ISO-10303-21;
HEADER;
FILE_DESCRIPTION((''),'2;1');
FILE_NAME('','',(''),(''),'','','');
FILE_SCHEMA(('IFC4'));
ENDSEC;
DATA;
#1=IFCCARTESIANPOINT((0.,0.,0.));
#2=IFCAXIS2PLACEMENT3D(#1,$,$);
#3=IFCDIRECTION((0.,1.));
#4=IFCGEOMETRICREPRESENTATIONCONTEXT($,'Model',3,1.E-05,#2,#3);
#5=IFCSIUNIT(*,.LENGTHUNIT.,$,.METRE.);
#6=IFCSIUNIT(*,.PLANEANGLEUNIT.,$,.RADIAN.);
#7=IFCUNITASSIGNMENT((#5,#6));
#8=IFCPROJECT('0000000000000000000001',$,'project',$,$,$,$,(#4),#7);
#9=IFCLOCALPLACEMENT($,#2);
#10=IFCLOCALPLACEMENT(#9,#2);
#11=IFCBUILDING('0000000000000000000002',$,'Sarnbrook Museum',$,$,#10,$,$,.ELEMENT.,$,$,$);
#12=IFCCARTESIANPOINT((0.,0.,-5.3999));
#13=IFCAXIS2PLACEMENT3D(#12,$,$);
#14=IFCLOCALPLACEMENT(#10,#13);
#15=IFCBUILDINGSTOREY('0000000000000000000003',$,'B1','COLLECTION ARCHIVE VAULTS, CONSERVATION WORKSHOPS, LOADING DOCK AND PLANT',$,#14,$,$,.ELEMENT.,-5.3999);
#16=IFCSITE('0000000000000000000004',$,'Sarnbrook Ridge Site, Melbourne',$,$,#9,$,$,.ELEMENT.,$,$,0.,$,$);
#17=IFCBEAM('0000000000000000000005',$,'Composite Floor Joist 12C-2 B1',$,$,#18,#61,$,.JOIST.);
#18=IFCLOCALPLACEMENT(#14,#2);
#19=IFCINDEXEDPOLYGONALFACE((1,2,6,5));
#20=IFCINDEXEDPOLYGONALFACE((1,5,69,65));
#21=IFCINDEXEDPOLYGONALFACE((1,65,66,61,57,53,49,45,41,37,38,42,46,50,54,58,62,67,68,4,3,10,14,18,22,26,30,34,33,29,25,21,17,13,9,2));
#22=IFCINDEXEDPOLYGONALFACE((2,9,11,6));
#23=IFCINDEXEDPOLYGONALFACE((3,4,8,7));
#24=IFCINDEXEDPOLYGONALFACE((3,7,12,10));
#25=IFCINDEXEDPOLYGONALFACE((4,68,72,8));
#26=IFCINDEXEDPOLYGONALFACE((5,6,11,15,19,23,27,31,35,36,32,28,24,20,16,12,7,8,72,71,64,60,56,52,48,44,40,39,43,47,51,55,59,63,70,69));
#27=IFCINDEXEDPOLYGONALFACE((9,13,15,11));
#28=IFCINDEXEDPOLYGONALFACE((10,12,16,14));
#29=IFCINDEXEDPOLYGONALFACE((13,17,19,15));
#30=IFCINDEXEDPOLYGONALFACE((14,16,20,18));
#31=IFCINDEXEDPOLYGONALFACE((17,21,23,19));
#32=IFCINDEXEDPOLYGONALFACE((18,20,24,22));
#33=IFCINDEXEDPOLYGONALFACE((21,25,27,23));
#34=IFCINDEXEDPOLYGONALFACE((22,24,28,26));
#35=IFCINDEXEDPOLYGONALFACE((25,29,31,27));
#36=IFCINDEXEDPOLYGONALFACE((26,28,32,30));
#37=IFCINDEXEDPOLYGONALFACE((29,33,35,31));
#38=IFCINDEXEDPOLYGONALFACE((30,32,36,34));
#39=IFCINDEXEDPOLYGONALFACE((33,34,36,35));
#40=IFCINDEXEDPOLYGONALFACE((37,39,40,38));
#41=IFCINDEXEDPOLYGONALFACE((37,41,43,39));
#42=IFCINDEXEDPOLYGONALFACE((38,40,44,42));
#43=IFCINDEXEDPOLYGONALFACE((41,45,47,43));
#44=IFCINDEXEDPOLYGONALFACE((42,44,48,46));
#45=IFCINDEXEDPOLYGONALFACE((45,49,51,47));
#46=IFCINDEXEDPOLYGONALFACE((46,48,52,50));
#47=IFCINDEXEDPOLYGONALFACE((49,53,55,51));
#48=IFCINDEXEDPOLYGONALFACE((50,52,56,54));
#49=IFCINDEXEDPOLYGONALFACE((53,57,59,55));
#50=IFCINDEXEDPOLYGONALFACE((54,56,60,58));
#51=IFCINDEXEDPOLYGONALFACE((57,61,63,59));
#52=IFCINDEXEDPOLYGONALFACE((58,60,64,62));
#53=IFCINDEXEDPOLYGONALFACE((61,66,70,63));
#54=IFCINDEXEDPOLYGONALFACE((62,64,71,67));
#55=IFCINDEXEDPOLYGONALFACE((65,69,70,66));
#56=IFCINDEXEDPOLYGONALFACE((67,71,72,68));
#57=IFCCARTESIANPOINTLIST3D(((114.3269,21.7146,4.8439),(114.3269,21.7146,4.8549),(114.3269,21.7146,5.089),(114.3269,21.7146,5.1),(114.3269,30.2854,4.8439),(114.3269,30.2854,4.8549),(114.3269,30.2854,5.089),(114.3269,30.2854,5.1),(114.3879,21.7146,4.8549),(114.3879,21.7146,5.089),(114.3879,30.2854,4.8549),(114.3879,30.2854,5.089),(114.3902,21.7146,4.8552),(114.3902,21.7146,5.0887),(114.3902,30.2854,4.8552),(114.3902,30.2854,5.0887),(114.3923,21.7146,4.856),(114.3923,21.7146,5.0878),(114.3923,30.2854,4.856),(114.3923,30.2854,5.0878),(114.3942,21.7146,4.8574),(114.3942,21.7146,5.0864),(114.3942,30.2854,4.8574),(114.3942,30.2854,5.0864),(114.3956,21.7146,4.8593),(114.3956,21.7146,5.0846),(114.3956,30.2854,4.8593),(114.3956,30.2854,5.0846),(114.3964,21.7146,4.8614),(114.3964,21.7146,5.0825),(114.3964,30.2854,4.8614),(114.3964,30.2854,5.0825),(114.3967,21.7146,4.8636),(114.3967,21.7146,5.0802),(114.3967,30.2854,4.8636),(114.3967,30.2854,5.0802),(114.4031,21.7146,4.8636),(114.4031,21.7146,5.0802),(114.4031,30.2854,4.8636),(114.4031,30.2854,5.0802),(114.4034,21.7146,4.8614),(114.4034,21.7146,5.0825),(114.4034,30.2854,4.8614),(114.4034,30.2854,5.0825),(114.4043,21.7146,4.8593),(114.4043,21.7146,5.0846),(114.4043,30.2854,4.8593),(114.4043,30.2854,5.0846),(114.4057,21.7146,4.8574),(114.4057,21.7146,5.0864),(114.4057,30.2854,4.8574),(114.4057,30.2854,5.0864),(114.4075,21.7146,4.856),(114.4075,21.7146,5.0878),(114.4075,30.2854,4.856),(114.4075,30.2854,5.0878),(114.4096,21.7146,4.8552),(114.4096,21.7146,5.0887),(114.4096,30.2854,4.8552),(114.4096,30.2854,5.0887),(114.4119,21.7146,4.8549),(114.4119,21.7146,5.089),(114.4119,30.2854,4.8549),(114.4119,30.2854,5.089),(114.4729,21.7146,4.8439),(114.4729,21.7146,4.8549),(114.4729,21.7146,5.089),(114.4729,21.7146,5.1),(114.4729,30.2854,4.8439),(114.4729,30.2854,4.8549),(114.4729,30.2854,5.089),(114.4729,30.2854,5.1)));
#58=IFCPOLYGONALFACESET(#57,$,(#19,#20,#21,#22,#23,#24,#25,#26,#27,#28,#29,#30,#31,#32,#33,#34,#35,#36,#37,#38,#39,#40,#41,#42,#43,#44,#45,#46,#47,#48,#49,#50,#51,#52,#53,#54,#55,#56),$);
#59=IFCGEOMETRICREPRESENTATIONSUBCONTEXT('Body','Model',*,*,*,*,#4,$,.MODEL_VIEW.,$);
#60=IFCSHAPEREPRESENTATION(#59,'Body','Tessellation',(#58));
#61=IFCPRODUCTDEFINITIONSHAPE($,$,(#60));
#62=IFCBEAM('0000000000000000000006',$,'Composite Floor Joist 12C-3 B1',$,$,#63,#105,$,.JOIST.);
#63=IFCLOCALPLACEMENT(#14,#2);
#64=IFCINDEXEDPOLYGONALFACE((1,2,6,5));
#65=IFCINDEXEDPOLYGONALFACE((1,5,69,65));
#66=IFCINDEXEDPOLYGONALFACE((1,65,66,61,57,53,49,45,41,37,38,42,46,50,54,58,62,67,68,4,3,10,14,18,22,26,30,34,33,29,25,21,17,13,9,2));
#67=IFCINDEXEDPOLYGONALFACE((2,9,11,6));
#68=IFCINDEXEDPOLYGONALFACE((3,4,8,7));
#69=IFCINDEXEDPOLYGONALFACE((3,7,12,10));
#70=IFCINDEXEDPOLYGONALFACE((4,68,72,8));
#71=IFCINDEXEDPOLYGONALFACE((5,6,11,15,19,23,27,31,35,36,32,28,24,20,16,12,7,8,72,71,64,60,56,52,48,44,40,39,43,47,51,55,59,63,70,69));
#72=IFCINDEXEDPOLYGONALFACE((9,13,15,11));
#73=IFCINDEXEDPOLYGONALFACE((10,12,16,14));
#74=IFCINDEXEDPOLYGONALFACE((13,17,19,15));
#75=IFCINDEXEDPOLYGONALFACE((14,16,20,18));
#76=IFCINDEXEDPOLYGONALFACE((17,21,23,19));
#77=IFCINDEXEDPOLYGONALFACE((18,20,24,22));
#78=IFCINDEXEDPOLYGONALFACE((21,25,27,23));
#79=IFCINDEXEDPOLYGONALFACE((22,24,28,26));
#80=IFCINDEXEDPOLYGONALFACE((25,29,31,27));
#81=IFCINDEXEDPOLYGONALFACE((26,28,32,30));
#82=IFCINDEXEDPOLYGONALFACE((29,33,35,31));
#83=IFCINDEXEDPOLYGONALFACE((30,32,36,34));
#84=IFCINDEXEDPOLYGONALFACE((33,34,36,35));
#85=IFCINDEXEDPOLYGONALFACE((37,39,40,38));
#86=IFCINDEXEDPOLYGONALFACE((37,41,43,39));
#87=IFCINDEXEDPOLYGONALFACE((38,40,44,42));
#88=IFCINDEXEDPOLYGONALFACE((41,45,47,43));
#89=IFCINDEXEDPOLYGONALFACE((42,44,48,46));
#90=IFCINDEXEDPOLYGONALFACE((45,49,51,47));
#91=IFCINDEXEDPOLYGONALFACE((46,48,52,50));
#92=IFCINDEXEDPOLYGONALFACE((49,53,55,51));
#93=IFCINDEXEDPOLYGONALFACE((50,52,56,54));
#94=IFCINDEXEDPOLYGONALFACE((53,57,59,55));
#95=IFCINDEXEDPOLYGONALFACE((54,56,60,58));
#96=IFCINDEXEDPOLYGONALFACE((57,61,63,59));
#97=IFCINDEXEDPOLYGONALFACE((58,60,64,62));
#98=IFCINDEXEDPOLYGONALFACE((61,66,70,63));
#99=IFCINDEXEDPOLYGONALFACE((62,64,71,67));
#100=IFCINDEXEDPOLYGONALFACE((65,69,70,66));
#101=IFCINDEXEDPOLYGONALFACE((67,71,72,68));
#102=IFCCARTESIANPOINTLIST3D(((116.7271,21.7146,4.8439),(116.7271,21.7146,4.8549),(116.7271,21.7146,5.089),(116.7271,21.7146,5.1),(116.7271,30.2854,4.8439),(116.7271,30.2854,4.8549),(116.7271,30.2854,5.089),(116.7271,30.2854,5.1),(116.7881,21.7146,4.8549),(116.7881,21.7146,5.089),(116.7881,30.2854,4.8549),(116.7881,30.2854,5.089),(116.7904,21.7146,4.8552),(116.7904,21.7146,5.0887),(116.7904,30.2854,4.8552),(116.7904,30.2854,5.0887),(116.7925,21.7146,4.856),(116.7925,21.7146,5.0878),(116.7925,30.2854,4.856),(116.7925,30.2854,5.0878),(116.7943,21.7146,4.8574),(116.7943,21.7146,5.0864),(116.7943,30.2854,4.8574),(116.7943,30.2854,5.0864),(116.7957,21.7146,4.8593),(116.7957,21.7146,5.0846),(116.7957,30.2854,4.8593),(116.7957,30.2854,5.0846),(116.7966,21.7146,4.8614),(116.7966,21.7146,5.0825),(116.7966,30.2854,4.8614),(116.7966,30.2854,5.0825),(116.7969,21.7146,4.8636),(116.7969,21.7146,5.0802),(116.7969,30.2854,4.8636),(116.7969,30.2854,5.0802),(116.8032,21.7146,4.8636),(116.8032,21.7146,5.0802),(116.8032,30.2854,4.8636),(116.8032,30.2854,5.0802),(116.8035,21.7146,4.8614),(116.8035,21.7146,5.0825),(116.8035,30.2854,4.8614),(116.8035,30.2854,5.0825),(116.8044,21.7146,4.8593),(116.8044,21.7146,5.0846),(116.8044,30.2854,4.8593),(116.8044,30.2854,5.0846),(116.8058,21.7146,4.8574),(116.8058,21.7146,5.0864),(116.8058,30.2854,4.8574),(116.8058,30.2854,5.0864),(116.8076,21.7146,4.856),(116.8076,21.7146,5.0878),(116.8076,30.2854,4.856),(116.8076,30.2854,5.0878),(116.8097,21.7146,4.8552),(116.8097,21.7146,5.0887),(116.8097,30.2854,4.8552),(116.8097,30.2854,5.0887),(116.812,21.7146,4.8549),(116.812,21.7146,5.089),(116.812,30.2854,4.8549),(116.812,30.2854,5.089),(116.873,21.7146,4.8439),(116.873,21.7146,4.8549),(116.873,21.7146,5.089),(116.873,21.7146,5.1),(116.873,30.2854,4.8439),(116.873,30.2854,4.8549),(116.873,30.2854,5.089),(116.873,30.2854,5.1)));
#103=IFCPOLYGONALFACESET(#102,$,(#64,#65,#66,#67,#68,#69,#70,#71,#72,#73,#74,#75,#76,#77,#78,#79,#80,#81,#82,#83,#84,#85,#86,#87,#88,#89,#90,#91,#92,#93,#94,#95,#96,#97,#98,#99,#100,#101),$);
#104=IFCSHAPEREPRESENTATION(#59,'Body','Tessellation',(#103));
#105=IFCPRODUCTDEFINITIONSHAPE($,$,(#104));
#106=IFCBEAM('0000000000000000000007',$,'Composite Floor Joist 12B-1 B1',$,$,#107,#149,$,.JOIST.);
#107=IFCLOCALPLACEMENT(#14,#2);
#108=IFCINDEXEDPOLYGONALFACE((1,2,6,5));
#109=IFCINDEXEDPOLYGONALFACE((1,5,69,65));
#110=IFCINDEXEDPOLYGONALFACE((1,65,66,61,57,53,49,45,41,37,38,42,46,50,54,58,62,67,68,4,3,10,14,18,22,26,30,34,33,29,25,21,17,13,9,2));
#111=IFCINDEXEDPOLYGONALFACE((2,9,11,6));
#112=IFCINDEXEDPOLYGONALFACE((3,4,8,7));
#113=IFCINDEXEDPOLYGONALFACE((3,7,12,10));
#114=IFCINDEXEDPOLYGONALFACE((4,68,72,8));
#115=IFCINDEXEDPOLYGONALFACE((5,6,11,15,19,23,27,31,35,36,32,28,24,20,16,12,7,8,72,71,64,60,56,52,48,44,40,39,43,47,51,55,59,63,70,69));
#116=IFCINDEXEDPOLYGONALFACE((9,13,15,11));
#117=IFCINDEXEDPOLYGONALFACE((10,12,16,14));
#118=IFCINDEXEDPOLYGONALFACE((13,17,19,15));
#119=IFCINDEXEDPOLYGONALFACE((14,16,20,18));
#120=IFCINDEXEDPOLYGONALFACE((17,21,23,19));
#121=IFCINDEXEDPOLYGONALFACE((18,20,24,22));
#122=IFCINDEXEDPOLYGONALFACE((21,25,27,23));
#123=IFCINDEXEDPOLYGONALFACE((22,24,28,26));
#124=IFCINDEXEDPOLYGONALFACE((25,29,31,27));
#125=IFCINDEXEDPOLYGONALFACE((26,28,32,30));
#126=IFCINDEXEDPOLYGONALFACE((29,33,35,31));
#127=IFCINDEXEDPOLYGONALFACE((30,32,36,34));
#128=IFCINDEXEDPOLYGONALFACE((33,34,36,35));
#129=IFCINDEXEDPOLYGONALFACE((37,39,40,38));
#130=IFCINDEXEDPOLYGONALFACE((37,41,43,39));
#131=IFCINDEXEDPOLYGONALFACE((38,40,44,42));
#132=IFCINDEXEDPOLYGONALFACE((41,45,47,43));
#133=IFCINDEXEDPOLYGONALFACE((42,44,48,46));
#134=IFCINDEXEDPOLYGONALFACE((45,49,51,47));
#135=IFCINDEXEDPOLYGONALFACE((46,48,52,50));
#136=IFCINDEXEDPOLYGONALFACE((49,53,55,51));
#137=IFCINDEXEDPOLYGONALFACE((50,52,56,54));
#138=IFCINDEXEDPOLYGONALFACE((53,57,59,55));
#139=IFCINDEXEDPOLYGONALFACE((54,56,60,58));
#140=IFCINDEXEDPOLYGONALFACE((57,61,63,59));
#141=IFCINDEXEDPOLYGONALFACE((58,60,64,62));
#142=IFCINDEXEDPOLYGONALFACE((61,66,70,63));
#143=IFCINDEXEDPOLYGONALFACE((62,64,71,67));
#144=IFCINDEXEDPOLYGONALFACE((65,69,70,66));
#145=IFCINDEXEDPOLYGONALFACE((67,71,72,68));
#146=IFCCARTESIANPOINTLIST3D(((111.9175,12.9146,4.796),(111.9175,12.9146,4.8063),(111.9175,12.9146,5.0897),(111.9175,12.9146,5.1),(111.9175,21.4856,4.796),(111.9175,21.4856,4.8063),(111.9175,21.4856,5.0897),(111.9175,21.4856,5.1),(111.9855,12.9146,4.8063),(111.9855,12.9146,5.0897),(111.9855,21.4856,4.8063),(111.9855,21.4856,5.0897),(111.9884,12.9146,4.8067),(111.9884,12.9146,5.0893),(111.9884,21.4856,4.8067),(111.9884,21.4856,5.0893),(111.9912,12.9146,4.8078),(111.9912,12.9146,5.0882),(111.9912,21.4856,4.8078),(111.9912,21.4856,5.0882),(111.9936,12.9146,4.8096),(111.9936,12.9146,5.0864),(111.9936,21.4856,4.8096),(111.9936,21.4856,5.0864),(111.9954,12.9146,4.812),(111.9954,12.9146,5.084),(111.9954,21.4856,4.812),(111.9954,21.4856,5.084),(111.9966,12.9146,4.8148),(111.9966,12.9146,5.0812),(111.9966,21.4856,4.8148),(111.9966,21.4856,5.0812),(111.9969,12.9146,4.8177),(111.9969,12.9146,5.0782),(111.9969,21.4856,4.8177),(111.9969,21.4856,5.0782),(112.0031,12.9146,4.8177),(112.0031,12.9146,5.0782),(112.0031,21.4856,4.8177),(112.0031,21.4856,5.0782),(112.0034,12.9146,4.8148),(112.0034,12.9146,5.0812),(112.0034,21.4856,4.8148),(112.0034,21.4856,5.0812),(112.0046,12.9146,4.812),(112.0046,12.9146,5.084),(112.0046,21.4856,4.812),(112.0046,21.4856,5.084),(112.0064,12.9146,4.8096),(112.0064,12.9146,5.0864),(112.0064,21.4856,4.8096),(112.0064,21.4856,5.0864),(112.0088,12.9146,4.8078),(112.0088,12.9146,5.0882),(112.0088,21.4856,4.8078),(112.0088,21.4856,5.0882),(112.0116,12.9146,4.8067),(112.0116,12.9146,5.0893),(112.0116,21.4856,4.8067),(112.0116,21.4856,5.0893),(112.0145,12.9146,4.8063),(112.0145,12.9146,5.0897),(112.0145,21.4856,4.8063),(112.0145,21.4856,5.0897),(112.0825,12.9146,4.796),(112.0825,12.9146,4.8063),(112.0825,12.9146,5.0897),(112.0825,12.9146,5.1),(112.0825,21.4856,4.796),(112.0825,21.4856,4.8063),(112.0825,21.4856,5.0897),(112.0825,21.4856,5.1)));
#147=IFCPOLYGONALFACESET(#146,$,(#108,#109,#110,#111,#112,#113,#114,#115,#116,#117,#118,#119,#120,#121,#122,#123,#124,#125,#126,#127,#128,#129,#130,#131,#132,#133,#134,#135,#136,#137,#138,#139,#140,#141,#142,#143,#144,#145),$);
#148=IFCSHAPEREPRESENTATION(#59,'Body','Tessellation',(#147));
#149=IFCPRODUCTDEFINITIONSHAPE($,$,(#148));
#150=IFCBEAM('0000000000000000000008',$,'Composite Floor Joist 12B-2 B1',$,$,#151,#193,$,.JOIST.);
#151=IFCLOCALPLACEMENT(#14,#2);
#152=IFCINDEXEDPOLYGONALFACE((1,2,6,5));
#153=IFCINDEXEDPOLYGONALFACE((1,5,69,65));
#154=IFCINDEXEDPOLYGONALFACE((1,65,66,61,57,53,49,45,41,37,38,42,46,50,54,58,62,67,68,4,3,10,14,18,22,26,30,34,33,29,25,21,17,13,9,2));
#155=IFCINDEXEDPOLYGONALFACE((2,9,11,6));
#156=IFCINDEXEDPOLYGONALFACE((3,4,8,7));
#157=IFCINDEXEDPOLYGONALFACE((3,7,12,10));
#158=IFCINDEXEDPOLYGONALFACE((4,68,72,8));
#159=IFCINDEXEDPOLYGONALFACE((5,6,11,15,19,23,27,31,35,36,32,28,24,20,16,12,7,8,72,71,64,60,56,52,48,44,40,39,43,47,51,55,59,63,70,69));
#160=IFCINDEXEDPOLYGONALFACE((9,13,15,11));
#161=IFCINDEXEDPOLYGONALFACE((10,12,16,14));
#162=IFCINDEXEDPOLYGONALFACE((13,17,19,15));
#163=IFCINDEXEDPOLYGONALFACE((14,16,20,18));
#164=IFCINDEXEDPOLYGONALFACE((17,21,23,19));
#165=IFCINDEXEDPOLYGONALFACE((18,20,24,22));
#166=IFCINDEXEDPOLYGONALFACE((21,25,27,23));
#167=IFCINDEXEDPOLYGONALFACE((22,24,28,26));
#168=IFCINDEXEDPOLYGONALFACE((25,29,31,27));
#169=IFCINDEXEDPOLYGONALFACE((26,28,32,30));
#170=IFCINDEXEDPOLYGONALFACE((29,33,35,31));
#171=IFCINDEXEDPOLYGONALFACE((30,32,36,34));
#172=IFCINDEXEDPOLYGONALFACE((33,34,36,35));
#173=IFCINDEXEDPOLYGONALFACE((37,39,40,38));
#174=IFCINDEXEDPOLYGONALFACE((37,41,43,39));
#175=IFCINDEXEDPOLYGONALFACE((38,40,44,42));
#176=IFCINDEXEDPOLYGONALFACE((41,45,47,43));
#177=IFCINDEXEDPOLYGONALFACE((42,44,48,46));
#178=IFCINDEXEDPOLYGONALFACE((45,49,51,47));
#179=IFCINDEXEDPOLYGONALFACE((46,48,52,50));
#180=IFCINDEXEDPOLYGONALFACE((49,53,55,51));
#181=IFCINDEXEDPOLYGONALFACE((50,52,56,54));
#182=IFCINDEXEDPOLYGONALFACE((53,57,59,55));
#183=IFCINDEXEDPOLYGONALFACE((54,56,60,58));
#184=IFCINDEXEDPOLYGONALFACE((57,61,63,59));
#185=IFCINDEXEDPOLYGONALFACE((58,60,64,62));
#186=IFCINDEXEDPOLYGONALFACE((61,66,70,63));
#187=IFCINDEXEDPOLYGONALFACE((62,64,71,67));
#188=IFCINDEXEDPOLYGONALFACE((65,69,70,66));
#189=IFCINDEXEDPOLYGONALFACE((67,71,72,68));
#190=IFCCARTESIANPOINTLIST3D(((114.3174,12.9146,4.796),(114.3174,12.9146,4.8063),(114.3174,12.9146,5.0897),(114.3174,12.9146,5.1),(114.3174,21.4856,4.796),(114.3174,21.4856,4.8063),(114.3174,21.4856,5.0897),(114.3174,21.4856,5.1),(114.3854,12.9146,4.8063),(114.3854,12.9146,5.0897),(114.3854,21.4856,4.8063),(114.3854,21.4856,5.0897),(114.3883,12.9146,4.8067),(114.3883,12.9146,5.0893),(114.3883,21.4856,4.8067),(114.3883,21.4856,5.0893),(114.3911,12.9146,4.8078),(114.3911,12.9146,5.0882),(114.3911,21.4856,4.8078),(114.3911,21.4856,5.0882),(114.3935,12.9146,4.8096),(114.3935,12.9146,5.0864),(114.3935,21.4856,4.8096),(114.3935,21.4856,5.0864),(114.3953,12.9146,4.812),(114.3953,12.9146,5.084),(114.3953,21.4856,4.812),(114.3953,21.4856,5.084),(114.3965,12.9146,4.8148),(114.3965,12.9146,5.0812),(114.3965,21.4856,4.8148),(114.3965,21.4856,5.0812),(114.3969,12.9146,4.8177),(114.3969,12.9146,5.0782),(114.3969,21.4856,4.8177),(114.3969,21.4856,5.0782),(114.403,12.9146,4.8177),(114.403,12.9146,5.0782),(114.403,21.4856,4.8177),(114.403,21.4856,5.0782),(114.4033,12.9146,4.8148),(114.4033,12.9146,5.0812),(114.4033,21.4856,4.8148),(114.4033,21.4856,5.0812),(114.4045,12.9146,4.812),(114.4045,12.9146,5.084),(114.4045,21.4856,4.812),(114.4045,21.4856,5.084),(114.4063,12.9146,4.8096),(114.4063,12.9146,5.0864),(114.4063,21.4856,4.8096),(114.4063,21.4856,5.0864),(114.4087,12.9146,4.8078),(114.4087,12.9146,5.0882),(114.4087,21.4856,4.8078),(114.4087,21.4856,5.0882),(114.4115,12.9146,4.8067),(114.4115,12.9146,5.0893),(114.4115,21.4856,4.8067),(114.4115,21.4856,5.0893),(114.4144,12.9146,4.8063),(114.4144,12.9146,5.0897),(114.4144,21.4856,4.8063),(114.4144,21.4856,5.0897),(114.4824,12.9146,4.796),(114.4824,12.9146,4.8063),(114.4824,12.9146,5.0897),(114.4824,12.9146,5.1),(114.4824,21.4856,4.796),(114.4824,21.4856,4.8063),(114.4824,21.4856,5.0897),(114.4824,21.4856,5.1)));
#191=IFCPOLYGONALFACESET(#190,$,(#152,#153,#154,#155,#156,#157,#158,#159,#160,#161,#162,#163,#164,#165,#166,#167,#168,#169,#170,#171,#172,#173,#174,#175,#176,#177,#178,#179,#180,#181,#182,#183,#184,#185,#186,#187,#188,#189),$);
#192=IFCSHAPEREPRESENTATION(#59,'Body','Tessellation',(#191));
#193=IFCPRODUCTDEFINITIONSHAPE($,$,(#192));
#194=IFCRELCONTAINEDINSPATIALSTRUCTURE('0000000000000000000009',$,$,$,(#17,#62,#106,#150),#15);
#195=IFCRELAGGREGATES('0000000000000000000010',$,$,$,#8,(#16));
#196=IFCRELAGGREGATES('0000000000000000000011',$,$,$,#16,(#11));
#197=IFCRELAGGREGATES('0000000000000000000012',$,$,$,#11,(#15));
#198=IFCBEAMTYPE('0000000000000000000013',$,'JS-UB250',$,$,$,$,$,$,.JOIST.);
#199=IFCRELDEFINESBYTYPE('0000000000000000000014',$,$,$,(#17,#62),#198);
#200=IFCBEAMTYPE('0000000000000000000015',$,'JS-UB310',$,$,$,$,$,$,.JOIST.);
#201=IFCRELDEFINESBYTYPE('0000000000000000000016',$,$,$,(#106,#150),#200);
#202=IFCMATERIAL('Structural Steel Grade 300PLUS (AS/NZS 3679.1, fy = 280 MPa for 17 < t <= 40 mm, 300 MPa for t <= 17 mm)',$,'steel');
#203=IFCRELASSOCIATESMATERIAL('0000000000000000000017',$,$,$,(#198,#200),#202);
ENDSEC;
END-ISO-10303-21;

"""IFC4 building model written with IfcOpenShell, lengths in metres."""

from ifc_helpers import new_model, si_unit, direction, frame, origin, origin_2d, place, context, subcontext, project, spatial, i_section, extrude, material, material_profile, profile_set, type_object, element, save


model = new_model("IFC4")

# Units and contexts
model_context = context("Model", 3, precision=1e-05, world=origin(), true_north=direction((0.0, 1.0)))
body_context = subcontext(model_context, "Body", "Model", "MODEL_VIEW")
ifc_project = project(units=[si_unit("LENGTHUNIT", "METRE"), si_unit("PLANEANGLEUNIT", "RADIAN")], contexts=[model_context])

# Site, building, storey
site_placement = place(None, origin())
site = spatial("IfcSite", under=ifc_project, at=site_placement, Name="Sarnbrook Ridge Site, Melbourne", CompositionType="ELEMENT", RefElevation=0.0)
building_placement = place(site_placement, origin())
building = spatial("IfcBuilding", under=site, at=building_placement, Name="Sarnbrook Museum", CompositionType="ELEMENT")
storey_placement = place(building_placement, frame((0.0, 0.0, -5.3999)))
storey = spatial("IfcBuildingStorey", under=building, at=storey_placement, Name="B1", Description="COLLECTION ARCHIVE VAULTS, CONSERVATION WORKSHOPS, LOADING DOCK AND PLANT", CompositionType="ELEMENT", Elevation=-5.3999)

# Beams
ifc_material_1 = material(Name="Structural Steel Grade 300PLUS (AS/NZS 3679.1, fy = 280 MPa for 17 < t <= 40 mm, 300 MPa for t <= 17 mm)", Category="steel")
ifc_material_profile_1 = material_profile(ifc_material_1, i_section(OverallWidth=0.146, OverallDepth=0.2561, WebThickness=0.0063, FlangeThickness=0.011, FilletRadius=0.0088, at=origin_2d()), Name="250UB37.3")
ifc_profile_set_1 = profile_set([ifc_material_profile_1], Name="Structural Steel Grade 300PLUS (AS/NZS 3679.1, fy = 280 MPa for 17 < t <= 40 mm, 300 MPa for t <= 17 mm)")
beam_type_1 = type_object("IfcBeamType", Name="JS-UB250", PredefinedType="JOIST", material=ifc_profile_set_1)
for number, where, z_axis, x_axis, name in (
    (1, (114.3999, 21.7146, 4.9719), (0.0, 1.0, 0.0), (-1.0, 0.0, 0.0), "Composite Floor Joist 12C-2 B1"),
    (2, (116.8, 21.7146, 4.9719), (0.0, 1.0, 0.0), (-1.0, 0.0, 0.0), "Composite Floor Joist 12C-3 B1"),
):
    element("IfcBeam", number, at=place(storey_placement, frame(where, z_axis=z_axis, x_axis=x_axis)), inside=storey, type_object=beam_type_1, Name=name, PredefinedType="JOIST", context=body_context, shape_type="SweptSolid", body=[
        extrude(i_section(OverallWidth=0.146, OverallDepth=0.2561, WebThickness=0.0063, FlangeThickness=0.011, FilletRadius=0.0088, at=origin_2d()), origin(), (0.0, 0.0, 1.0), 8.5708),
    ])
ifc_material_profile_2 = material_profile(ifc_material_1, i_section(OverallWidth=0.165, OverallDepth=0.304, WebThickness=0.0061, FlangeThickness=0.0103, FilletRadius=0.0115, at=origin_2d()), Name="310UB40.4")
ifc_profile_set_2 = profile_set([ifc_material_profile_2], Name="Structural Steel Grade 300PLUS (AS/NZS 3679.1, fy = 280 MPa for 17 < t <= 40 mm, 300 MPa for t <= 17 mm)")
beam_type_2 = type_object("IfcBeamType", Name="JS-UB310", PredefinedType="JOIST", material=ifc_profile_set_2)
for number, where, z_axis, x_axis, name in (
    (3, (112.0, 12.9146, 4.948), (0.0, 1.0, 0.0), (-1.0, 0.0, 0.0), "Composite Floor Joist 12B-1 B1"),
    (4, (114.3999, 12.9146, 4.948), (0.0, 1.0, 0.0), (-1.0, 0.0, 0.0), "Composite Floor Joist 12B-2 B1"),
):
    element("IfcBeam", number, at=place(storey_placement, frame(where, z_axis=z_axis, x_axis=x_axis)), inside=storey, type_object=beam_type_2, Name=name, PredefinedType="JOIST", context=body_context, shape_type="SweptSolid", body=[
        extrude(i_section(OverallWidth=0.165, OverallDepth=0.304, WebThickness=0.0061, FlangeThickness=0.0103, FilletRadius=0.0115, at=origin_2d()), origin(), (0.0, 0.0, 1.0), 8.571),
    ])

save(model, "model.ifc")
